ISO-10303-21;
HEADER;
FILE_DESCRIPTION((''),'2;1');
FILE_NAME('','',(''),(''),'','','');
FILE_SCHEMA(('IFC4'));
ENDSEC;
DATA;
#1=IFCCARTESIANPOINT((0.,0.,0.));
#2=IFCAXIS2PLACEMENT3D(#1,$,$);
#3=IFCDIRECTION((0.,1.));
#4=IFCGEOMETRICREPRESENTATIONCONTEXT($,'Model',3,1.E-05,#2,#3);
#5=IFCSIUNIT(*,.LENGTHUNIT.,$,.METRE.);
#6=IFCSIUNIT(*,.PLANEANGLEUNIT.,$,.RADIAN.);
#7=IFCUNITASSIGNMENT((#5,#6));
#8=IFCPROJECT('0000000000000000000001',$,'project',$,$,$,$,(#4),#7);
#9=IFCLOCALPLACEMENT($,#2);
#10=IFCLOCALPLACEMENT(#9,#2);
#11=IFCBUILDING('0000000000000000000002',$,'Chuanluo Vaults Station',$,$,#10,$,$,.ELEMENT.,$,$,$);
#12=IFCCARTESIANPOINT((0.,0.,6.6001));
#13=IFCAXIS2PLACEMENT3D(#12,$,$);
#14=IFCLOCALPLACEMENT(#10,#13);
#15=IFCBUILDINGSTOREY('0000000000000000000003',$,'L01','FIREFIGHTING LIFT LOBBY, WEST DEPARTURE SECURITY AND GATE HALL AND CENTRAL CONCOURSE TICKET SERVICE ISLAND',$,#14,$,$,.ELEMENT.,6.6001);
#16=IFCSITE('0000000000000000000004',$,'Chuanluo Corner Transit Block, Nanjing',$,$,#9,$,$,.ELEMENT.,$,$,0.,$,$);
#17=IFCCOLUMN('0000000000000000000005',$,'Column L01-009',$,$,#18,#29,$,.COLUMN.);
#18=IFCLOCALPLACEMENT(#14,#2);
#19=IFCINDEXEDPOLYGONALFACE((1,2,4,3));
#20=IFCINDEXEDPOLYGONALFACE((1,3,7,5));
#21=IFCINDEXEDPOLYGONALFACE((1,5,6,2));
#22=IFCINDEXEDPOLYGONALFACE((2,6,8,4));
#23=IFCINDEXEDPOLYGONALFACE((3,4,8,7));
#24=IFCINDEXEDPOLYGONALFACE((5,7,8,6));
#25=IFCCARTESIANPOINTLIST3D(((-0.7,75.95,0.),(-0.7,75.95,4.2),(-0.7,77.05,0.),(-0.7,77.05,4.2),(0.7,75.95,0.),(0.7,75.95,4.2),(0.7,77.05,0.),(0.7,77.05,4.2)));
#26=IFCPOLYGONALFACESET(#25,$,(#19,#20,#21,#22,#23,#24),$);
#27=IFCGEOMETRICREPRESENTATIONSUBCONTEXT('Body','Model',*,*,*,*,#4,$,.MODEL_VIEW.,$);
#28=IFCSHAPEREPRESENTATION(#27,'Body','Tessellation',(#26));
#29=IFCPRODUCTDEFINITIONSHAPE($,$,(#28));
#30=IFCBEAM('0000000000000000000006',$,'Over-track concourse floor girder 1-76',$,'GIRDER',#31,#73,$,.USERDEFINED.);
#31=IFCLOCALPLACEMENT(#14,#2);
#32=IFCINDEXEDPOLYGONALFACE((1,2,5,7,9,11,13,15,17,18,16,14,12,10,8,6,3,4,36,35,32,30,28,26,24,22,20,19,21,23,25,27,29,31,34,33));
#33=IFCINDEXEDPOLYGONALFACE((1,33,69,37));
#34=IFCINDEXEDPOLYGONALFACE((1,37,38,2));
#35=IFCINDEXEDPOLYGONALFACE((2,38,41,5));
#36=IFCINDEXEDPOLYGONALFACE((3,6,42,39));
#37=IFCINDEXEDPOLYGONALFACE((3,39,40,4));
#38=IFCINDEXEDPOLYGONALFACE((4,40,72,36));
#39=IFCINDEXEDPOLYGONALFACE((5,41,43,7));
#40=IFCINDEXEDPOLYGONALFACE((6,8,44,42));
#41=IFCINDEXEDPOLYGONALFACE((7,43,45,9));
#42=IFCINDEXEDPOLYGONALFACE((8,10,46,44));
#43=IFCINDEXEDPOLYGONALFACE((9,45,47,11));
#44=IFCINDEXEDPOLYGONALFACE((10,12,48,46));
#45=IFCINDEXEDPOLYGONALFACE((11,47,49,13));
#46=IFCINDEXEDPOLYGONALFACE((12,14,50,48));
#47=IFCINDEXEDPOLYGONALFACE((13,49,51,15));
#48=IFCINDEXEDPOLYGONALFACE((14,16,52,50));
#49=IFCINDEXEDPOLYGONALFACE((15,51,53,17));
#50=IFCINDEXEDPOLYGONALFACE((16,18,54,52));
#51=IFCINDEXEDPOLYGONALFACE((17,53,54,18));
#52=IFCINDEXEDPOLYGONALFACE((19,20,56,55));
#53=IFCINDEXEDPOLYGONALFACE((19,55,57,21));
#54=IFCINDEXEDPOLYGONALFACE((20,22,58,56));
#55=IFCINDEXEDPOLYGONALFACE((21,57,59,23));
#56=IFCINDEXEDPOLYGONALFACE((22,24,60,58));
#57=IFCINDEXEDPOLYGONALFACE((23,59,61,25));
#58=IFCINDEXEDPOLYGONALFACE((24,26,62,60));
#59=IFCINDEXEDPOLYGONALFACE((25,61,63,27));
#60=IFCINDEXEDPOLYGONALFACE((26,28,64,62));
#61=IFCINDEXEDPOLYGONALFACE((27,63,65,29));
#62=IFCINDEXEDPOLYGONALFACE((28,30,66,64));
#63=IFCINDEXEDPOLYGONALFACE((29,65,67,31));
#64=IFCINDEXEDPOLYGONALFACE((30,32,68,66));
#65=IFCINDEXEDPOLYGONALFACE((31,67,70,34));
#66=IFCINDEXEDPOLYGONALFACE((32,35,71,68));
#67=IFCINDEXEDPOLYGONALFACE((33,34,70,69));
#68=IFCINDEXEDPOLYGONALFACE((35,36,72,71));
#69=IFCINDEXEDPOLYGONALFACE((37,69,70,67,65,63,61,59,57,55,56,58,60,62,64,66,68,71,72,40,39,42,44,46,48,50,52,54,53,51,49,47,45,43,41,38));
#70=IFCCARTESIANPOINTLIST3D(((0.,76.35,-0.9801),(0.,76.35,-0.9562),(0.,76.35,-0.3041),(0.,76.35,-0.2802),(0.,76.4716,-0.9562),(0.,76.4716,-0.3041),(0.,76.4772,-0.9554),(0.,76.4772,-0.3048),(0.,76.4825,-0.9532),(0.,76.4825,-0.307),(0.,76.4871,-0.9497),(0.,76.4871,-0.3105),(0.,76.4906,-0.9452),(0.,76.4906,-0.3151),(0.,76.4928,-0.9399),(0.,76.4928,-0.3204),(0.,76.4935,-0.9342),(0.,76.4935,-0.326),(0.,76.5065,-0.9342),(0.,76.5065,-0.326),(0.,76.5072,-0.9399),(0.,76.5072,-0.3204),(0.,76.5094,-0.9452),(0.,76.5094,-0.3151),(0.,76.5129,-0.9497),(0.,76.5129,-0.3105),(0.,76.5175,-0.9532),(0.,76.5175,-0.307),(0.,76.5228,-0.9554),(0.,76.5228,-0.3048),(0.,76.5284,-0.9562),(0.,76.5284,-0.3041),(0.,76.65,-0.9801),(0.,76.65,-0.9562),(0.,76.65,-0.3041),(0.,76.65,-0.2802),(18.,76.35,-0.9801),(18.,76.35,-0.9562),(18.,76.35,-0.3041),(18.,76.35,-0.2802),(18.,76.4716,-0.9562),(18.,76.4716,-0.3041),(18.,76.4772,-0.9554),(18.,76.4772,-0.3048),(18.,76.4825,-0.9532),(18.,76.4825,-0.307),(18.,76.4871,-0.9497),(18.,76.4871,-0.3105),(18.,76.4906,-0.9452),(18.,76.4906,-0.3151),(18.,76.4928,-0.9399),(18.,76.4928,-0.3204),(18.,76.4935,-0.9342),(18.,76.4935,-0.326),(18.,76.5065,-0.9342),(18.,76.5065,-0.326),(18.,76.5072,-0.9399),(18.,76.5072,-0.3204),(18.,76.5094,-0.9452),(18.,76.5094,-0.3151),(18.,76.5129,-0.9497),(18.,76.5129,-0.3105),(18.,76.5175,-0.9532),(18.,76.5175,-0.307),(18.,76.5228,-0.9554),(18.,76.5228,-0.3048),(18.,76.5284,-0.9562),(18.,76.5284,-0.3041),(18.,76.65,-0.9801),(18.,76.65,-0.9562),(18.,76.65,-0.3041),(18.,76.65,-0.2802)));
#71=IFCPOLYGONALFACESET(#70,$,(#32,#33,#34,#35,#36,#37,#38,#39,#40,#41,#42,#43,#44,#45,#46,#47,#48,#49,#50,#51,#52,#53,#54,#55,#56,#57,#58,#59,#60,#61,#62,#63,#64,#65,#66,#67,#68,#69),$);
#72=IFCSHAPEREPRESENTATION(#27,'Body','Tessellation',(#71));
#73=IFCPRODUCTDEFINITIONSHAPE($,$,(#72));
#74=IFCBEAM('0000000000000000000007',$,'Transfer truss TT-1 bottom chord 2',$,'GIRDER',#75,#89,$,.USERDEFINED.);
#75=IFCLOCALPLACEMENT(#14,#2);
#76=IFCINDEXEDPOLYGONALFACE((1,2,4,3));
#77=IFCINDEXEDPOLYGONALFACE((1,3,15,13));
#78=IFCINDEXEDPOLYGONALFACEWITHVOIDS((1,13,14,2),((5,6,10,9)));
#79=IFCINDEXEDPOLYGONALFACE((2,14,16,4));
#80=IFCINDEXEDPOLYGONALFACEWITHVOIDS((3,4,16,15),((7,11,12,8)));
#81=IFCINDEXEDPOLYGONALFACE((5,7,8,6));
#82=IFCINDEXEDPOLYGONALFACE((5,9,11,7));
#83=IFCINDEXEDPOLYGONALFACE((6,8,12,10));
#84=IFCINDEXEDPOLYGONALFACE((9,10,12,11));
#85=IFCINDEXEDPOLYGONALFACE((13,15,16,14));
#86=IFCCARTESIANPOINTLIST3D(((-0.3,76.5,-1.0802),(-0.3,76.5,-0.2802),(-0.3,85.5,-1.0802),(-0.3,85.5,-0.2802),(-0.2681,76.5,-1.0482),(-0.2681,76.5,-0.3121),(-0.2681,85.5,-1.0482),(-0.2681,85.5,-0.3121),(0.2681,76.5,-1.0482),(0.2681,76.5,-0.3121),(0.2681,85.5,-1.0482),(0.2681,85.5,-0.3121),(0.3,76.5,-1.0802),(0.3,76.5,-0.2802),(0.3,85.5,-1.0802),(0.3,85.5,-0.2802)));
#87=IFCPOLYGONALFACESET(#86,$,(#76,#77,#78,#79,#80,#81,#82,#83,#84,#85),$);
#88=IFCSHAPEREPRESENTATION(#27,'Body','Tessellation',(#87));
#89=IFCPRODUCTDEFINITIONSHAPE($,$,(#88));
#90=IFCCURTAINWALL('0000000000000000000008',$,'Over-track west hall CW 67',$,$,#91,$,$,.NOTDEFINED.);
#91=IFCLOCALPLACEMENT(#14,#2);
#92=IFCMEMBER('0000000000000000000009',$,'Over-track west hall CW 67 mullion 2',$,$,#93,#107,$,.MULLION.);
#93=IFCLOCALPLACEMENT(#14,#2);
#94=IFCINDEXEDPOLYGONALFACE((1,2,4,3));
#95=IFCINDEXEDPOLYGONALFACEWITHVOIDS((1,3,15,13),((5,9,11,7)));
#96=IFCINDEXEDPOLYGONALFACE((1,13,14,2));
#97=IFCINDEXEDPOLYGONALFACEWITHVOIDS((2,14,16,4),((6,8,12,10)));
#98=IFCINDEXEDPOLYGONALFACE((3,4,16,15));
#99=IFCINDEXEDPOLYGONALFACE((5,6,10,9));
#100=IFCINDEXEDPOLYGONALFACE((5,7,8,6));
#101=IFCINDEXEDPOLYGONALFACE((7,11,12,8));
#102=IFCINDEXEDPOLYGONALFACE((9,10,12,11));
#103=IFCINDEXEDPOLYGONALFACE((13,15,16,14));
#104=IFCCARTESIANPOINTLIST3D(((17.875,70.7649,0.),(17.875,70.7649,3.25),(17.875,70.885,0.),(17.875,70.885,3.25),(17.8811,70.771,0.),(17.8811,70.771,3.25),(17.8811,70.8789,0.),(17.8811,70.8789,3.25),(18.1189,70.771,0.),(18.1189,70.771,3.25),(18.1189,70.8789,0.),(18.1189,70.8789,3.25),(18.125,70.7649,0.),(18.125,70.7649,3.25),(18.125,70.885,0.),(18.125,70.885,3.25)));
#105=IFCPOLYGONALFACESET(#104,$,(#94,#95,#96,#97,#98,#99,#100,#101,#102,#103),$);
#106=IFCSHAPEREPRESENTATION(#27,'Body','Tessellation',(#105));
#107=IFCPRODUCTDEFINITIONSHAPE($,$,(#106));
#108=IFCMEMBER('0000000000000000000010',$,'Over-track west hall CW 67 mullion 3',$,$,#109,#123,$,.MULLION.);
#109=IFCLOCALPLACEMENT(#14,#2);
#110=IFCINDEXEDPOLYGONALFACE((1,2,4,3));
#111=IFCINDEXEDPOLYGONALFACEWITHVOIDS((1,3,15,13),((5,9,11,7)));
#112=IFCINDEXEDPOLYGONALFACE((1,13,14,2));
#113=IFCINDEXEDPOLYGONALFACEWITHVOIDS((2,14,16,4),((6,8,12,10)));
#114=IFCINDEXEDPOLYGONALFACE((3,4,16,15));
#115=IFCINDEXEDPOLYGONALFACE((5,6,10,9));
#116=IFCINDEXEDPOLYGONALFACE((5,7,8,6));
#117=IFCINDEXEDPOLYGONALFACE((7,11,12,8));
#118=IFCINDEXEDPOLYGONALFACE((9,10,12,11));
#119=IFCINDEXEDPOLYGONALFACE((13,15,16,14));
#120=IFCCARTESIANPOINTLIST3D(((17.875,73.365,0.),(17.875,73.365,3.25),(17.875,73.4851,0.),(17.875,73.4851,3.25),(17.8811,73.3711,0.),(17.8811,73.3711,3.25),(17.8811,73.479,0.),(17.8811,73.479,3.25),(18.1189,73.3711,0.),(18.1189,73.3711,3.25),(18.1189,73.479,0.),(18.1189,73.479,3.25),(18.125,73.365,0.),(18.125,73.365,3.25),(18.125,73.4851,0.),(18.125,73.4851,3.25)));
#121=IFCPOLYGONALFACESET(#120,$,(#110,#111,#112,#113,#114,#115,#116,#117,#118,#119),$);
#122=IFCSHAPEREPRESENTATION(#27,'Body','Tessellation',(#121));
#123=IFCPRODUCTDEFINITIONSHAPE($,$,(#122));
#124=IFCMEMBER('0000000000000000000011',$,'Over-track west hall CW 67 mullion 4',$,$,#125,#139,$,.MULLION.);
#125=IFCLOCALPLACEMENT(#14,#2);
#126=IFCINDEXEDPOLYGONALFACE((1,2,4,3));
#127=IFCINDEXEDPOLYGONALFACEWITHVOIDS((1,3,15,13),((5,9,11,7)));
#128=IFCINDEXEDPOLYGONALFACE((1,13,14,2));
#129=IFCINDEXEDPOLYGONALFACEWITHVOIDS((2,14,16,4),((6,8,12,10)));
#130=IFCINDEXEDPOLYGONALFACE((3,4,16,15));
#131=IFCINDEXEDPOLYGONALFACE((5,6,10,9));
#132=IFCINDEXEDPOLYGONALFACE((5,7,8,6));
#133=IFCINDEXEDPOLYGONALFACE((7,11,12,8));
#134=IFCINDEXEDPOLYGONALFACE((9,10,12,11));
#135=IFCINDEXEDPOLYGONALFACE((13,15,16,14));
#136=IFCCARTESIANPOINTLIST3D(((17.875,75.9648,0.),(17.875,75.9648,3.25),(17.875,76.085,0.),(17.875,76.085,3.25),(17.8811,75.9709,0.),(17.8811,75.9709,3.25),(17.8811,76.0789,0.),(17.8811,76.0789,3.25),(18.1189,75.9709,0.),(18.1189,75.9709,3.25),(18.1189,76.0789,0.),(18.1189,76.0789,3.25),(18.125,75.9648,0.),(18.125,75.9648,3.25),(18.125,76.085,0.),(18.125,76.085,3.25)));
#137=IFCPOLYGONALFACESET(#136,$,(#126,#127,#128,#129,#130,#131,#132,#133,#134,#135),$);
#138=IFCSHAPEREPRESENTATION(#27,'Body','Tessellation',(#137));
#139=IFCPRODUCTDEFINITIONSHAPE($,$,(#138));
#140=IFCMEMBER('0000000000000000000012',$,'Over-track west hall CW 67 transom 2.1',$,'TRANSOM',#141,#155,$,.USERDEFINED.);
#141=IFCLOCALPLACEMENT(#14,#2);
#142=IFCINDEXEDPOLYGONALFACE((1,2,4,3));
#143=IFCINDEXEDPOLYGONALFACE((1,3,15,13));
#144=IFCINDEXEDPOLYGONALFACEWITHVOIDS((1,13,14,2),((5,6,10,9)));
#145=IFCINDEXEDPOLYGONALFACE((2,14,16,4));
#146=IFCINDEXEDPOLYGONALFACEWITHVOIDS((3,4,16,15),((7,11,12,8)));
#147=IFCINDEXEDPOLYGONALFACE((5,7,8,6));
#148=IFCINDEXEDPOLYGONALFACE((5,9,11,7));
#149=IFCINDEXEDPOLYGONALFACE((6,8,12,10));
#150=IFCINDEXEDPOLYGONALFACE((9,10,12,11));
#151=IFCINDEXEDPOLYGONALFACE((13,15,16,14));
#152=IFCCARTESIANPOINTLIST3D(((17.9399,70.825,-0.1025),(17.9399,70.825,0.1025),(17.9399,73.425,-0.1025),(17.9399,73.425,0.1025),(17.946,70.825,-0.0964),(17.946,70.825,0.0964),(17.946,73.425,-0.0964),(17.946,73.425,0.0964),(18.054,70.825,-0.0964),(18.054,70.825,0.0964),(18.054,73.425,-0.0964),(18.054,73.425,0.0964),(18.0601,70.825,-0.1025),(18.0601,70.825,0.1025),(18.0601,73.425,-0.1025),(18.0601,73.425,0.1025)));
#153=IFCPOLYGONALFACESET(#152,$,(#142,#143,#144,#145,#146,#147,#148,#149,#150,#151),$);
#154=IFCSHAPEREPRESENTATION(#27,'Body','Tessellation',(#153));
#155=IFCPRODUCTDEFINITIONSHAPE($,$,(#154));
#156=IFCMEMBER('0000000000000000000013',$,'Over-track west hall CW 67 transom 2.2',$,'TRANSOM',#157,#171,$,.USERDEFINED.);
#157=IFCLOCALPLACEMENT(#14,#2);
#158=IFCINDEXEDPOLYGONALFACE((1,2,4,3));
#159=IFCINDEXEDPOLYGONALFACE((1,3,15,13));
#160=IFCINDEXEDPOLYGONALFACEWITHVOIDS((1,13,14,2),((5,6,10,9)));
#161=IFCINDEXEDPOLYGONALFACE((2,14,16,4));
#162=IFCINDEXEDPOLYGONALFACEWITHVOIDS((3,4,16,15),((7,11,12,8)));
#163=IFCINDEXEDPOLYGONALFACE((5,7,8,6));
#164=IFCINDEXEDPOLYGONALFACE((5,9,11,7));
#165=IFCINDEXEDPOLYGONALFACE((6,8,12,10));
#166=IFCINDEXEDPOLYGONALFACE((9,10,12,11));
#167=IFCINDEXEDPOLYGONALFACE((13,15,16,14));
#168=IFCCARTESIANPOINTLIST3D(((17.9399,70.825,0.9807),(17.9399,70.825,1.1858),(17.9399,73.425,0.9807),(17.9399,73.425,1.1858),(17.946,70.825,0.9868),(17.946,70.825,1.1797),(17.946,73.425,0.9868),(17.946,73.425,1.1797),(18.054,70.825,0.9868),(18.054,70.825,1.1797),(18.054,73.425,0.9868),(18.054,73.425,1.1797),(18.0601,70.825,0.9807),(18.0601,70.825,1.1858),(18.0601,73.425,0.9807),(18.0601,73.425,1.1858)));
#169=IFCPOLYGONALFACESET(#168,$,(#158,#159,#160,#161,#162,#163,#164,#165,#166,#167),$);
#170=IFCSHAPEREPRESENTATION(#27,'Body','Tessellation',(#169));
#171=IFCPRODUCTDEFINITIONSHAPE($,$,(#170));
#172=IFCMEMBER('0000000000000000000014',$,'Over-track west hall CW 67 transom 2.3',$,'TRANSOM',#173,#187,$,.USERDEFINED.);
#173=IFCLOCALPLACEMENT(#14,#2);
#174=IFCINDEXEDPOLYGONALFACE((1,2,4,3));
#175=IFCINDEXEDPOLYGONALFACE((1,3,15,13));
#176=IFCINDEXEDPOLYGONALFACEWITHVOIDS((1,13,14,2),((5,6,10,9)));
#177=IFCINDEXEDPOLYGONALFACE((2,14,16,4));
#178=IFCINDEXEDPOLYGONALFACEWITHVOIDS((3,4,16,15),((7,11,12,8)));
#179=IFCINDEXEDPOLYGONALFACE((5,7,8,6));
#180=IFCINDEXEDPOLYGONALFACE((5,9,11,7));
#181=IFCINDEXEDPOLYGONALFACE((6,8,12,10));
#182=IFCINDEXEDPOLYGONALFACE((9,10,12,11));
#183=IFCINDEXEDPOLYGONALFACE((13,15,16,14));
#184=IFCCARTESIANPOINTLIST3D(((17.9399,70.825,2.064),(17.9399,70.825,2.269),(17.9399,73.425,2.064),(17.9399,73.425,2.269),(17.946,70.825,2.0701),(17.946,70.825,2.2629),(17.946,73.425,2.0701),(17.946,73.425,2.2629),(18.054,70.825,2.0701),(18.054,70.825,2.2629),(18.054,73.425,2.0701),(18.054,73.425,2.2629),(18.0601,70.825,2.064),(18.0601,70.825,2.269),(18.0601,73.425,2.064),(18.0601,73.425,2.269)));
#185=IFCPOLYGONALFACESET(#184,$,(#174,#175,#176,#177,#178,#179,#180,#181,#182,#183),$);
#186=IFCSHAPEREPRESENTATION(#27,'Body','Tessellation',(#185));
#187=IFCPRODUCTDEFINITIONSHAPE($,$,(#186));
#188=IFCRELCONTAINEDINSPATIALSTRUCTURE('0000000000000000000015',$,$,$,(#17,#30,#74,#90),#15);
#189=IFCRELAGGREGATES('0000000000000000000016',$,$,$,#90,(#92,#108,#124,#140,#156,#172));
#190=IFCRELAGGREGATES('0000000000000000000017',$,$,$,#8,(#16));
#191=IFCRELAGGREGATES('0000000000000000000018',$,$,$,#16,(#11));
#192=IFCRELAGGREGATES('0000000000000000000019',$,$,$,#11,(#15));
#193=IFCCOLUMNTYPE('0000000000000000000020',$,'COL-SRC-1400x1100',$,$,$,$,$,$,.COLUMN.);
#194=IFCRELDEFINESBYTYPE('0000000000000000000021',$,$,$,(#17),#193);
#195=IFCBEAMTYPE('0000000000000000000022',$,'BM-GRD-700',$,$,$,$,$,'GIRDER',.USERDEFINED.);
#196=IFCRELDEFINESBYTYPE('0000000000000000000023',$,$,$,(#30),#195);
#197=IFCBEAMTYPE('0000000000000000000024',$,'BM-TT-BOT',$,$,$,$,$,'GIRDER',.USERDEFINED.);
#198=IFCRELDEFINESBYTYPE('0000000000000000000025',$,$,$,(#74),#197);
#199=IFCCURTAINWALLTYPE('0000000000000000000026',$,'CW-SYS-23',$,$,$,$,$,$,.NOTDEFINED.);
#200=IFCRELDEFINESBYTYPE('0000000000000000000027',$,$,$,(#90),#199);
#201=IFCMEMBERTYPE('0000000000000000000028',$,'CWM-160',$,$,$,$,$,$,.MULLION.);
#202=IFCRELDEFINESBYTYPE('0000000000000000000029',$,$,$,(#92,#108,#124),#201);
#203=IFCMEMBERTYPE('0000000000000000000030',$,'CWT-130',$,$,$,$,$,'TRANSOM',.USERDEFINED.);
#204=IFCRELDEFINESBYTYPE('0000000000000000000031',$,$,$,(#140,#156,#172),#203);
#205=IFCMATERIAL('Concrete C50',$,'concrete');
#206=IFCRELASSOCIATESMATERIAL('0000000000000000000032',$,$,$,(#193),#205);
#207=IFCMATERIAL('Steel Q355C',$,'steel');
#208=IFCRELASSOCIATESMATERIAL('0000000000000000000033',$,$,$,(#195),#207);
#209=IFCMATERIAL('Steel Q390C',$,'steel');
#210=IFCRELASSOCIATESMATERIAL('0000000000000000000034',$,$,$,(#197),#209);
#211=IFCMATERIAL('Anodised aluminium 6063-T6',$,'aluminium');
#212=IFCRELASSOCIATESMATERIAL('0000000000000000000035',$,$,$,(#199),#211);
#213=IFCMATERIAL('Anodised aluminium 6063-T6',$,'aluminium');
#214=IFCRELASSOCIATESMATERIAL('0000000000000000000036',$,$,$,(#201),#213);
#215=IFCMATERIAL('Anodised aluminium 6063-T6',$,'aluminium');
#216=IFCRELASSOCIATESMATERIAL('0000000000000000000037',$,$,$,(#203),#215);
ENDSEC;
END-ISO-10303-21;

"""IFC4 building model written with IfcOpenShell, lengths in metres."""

from ifc_helpers import new_model, si_unit, direction, frame, origin, origin_2d, place, context, subcontext, project, spatial, rectangle, hollow_rectangle, i_section, extrude, material, material_profile, profile_set, type_object, element, aggregate, save


model = new_model("IFC4")

# Units and contexts
model_context = context("Model", 3, precision=1e-05, world=origin(), true_north=direction((0.0, 1.0)))
body_context = subcontext(model_context, "Body", "Model", "MODEL_VIEW")
ifc_project = project(units=[si_unit("LENGTHUNIT", "METRE"), si_unit("PLANEANGLEUNIT", "RADIAN")], contexts=[model_context])

# Site, building, storey
site_placement = place(None, origin())
site = spatial("IfcSite", under=ifc_project, at=site_placement, Name="Chuanluo Corner Transit Block, Nanjing", CompositionType="ELEMENT", RefElevation=0.0)
building_placement = place(site_placement, origin())
building = spatial("IfcBuilding", under=site, at=building_placement, Name="Chuanluo Vaults Station", CompositionType="ELEMENT")
storey_placement = place(building_placement, frame((0.0, 0.0, 6.6001)))
storey = spatial("IfcBuildingStorey", under=building, at=storey_placement, Name="L01", Description="FIREFIGHTING LIFT LOBBY, WEST DEPARTURE SECURITY AND GATE HALL AND CENTRAL CONCOURSE TICKET SERVICE ISLAND", CompositionType="ELEMENT", Elevation=6.6001)

# Column
ifc_material_1 = material(Name="Concrete C50", Category="concrete")
ifc_material_profile_1 = material_profile(ifc_material_1, rectangle(XDim=1.3999, YDim=1.1001, at=origin_2d()))
ifc_profile_set_1 = profile_set([ifc_material_profile_1], Name="Concrete C50")
column_type = type_object("IfcColumnType", Name="COL-SRC-1400x1100", PredefinedType="COLUMN", material=ifc_profile_set_1)
column_placement = place(storey_placement, frame((0.0, 76.5, 0.0), z_axis=(0.0, 0.0, 1.0), x_axis=(1.0, 0.0, 0.0)))
element("IfcColumn", 1, at=column_placement, inside=storey, type_object=column_type, Name="Column L01-009", PredefinedType="COLUMN", context=body_context, shape_type="SweptSolid", body=[
    extrude(rectangle(XDim=1.3999, YDim=1.1001, at=origin_2d()), origin(), (0.0, 0.0, 1.0), 4.2),
])

# Beams
ifc_material_2 = material(Name="Steel Q355C", Category="steel")
ifc_material_profile_2 = material_profile(ifc_material_2, i_section(OverallWidth=0.3, OverallDepth=0.7, WebThickness=0.0129, FlangeThickness=0.0239, FilletRadius=0.022, at=origin_2d()))
ifc_profile_set_2 = profile_set([ifc_material_profile_2], Name="Steel Q355C")
beam_type_1 = type_object("IfcBeamType", Name="BM-GRD-700", ElementType="GIRDER", PredefinedType="USERDEFINED", material=ifc_profile_set_2)
beam_1_placement = place(storey_placement, frame((0.0, 76.5, -0.6301), z_axis=(1.0, 0.0, 0.0), x_axis=(0.0, 1.0, 0.0)))
element("IfcBeam", 2, at=beam_1_placement, inside=storey, type_object=beam_type_1, Name="Over-track concourse floor girder 1-76", ObjectType="GIRDER", PredefinedType="USERDEFINED", context=body_context, shape_type="SweptSolid", body=[
    extrude(i_section(OverallWidth=0.3, OverallDepth=0.7, WebThickness=0.0129, FlangeThickness=0.0239, FilletRadius=0.022, at=origin_2d()), origin(), (0.0, 0.0, 1.0), 18.0),
])
ifc_material_3 = material(Name="Steel Q390C", Category="steel")
ifc_material_profile_3 = material_profile(ifc_material_3, hollow_rectangle(XDim=0.6001, YDim=0.8, WallThickness=0.032, at=origin_2d()))
ifc_profile_set_3 = profile_set([ifc_material_profile_3], Name="Steel Q390C")
beam_type_2 = type_object("IfcBeamType", Name="BM-TT-BOT", ElementType="GIRDER", PredefinedType="USERDEFINED", material=ifc_profile_set_3)
beam_2_placement = place(storey_placement, frame((0.0, 76.5, -0.6802), z_axis=(0.0, 1.0, 0.0), x_axis=(-1.0, 0.0, 0.0)))
element("IfcBeam", 3, at=beam_2_placement, inside=storey, type_object=beam_type_2, Name="Transfer truss TT-1 bottom chord 2", ObjectType="GIRDER", PredefinedType="USERDEFINED", context=body_context, shape_type="SweptSolid", body=[
    extrude(hollow_rectangle(XDim=0.6001, YDim=0.8, WallThickness=0.032, at=origin_2d()), origin(), (0.0, 0.0, 1.0), 9.0),
])

# Curtain wall, members
ifc_material_4 = material(Name="Anodised aluminium 6063-T6", Category="aluminium")
curtain_wall_type = type_object("IfcCurtainWallType", Name="CW-SYS-23", PredefinedType="NOTDEFINED", material=ifc_material_4)
curtain_wall_placement = place(storey_placement, origin())
curtain_wall = element("IfcCurtainWall", 4, at=curtain_wall_placement, inside=storey, type_object=curtain_wall_type, Name="Over-track west hall CW 67", PredefinedType="NOTDEFINED")
ifc_material_5 = material(Name="Anodised aluminium 6063-T6", Category="aluminium")
ifc_material_profile_4 = material_profile(ifc_material_5, hollow_rectangle(XDim=0.1201, YDim=0.25, WallThickness=0.0061, at=origin_2d()))
ifc_profile_set_4 = profile_set([ifc_material_profile_4], Name="Anodised aluminium 6063-T6")
member_type_1 = type_object("IfcMemberType", Name="CWM-160", PredefinedType="MULLION", material=ifc_profile_set_4)
member_1_placement = place(storey_placement, frame((18.0, 70.825, 0.0), z_axis=(0.0, 0.0, 1.0), x_axis=(0.0, 1.0, 0.0)))
member_1 = element("IfcMember", 5, at=member_1_placement, type_object=member_type_1, Name="Over-track west hall CW 67 mullion 2", PredefinedType="MULLION", context=body_context, shape_type="SweptSolid", body=[
    extrude(hollow_rectangle(XDim=0.1201, YDim=0.25, WallThickness=0.0061, at=origin_2d()), origin(), (0.0, 0.0, 1.0), 3.25),
])
member_2_placement = place(storey_placement, frame((18.0, 73.425, 0.0), z_axis=(0.0, 0.0, 1.0), x_axis=(0.0, 1.0, 0.0)))
member_2 = element("IfcMember", 6, at=member_2_placement, type_object=member_type_1, Name="Over-track west hall CW 67 mullion 3", PredefinedType="MULLION", context=body_context, shape_type="SweptSolid", body=[
    extrude(hollow_rectangle(XDim=0.1201, YDim=0.25, WallThickness=0.0061, at=origin_2d()), origin(), (0.0, 0.0, 1.0), 3.25),
])
member_3_placement = place(storey_placement, frame((18.0, 76.0249, 0.0), z_axis=(0.0, 0.0, 1.0), x_axis=(0.0, 1.0, 0.0)))
member_3 = element("IfcMember", 7, at=member_3_placement, type_object=member_type_1, Name="Over-track west hall CW 67 mullion 4", PredefinedType="MULLION", context=body_context, shape_type="SweptSolid", body=[
    extrude(hollow_rectangle(XDim=0.1201, YDim=0.25, WallThickness=0.0061, at=origin_2d()), origin(), (0.0, 0.0, 1.0), 3.25),
])
ifc_material_6 = material(Name="Anodised aluminium 6063-T6", Category="aluminium")
ifc_material_profile_5 = material_profile(ifc_material_6, hollow_rectangle(XDim=0.1201, YDim=0.2051, WallThickness=0.0061, at=origin_2d()))
ifc_profile_set_5 = profile_set([ifc_material_profile_5], Name="Anodised aluminium 6063-T6")
member_type_2 = type_object("IfcMemberType", Name="CWT-130", ElementType="TRANSOM", PredefinedType="USERDEFINED", material=ifc_profile_set_5)
member_4_placement = place(storey_placement, frame((18.0, 70.825, 0.0), z_axis=(0.0, 1.0, 0.0), x_axis=(-1.0, 0.0, 0.0)))
member_4 = element("IfcMember", 8, at=member_4_placement, type_object=member_type_2, Name="Over-track west hall CW 67 transom 2.1", ObjectType="TRANSOM", PredefinedType="USERDEFINED", context=body_context, shape_type="SweptSolid", body=[
    extrude(hollow_rectangle(XDim=0.1201, YDim=0.2051, WallThickness=0.0061, at=origin_2d()), origin(), (0.0, 0.0, 1.0), 2.6001),
])
member_5_placement = place(storey_placement, frame((18.0, 70.825, 1.0833), z_axis=(0.0, 1.0, 0.0), x_axis=(-1.0, 0.0, 0.0)))
member_5 = element("IfcMember", 9, at=member_5_placement, type_object=member_type_2, Name="Over-track west hall CW 67 transom 2.2", ObjectType="TRANSOM", PredefinedType="USERDEFINED", context=body_context, shape_type="SweptSolid", body=[
    extrude(hollow_rectangle(XDim=0.1201, YDim=0.2051, WallThickness=0.0061, at=origin_2d()), origin(), (0.0, 0.0, 1.0), 2.6001),
])
member_6_placement = place(storey_placement, frame((18.0, 70.825, 2.1665), z_axis=(0.0, 1.0, 0.0), x_axis=(-1.0, 0.0, 0.0)))
member_6 = element("IfcMember", 10, at=member_6_placement, type_object=member_type_2, Name="Over-track west hall CW 67 transom 2.3", ObjectType="TRANSOM", PredefinedType="USERDEFINED", context=body_context, shape_type="SweptSolid", body=[
    extrude(hollow_rectangle(XDim=0.1201, YDim=0.2051, WallThickness=0.0061, at=origin_2d()), origin(), (0.0, 0.0, 1.0), 2.6001),
])

aggregate(curtain_wall, [member_1, member_2, member_3, member_4, member_5, member_6])

save(model, "model.ifc")
